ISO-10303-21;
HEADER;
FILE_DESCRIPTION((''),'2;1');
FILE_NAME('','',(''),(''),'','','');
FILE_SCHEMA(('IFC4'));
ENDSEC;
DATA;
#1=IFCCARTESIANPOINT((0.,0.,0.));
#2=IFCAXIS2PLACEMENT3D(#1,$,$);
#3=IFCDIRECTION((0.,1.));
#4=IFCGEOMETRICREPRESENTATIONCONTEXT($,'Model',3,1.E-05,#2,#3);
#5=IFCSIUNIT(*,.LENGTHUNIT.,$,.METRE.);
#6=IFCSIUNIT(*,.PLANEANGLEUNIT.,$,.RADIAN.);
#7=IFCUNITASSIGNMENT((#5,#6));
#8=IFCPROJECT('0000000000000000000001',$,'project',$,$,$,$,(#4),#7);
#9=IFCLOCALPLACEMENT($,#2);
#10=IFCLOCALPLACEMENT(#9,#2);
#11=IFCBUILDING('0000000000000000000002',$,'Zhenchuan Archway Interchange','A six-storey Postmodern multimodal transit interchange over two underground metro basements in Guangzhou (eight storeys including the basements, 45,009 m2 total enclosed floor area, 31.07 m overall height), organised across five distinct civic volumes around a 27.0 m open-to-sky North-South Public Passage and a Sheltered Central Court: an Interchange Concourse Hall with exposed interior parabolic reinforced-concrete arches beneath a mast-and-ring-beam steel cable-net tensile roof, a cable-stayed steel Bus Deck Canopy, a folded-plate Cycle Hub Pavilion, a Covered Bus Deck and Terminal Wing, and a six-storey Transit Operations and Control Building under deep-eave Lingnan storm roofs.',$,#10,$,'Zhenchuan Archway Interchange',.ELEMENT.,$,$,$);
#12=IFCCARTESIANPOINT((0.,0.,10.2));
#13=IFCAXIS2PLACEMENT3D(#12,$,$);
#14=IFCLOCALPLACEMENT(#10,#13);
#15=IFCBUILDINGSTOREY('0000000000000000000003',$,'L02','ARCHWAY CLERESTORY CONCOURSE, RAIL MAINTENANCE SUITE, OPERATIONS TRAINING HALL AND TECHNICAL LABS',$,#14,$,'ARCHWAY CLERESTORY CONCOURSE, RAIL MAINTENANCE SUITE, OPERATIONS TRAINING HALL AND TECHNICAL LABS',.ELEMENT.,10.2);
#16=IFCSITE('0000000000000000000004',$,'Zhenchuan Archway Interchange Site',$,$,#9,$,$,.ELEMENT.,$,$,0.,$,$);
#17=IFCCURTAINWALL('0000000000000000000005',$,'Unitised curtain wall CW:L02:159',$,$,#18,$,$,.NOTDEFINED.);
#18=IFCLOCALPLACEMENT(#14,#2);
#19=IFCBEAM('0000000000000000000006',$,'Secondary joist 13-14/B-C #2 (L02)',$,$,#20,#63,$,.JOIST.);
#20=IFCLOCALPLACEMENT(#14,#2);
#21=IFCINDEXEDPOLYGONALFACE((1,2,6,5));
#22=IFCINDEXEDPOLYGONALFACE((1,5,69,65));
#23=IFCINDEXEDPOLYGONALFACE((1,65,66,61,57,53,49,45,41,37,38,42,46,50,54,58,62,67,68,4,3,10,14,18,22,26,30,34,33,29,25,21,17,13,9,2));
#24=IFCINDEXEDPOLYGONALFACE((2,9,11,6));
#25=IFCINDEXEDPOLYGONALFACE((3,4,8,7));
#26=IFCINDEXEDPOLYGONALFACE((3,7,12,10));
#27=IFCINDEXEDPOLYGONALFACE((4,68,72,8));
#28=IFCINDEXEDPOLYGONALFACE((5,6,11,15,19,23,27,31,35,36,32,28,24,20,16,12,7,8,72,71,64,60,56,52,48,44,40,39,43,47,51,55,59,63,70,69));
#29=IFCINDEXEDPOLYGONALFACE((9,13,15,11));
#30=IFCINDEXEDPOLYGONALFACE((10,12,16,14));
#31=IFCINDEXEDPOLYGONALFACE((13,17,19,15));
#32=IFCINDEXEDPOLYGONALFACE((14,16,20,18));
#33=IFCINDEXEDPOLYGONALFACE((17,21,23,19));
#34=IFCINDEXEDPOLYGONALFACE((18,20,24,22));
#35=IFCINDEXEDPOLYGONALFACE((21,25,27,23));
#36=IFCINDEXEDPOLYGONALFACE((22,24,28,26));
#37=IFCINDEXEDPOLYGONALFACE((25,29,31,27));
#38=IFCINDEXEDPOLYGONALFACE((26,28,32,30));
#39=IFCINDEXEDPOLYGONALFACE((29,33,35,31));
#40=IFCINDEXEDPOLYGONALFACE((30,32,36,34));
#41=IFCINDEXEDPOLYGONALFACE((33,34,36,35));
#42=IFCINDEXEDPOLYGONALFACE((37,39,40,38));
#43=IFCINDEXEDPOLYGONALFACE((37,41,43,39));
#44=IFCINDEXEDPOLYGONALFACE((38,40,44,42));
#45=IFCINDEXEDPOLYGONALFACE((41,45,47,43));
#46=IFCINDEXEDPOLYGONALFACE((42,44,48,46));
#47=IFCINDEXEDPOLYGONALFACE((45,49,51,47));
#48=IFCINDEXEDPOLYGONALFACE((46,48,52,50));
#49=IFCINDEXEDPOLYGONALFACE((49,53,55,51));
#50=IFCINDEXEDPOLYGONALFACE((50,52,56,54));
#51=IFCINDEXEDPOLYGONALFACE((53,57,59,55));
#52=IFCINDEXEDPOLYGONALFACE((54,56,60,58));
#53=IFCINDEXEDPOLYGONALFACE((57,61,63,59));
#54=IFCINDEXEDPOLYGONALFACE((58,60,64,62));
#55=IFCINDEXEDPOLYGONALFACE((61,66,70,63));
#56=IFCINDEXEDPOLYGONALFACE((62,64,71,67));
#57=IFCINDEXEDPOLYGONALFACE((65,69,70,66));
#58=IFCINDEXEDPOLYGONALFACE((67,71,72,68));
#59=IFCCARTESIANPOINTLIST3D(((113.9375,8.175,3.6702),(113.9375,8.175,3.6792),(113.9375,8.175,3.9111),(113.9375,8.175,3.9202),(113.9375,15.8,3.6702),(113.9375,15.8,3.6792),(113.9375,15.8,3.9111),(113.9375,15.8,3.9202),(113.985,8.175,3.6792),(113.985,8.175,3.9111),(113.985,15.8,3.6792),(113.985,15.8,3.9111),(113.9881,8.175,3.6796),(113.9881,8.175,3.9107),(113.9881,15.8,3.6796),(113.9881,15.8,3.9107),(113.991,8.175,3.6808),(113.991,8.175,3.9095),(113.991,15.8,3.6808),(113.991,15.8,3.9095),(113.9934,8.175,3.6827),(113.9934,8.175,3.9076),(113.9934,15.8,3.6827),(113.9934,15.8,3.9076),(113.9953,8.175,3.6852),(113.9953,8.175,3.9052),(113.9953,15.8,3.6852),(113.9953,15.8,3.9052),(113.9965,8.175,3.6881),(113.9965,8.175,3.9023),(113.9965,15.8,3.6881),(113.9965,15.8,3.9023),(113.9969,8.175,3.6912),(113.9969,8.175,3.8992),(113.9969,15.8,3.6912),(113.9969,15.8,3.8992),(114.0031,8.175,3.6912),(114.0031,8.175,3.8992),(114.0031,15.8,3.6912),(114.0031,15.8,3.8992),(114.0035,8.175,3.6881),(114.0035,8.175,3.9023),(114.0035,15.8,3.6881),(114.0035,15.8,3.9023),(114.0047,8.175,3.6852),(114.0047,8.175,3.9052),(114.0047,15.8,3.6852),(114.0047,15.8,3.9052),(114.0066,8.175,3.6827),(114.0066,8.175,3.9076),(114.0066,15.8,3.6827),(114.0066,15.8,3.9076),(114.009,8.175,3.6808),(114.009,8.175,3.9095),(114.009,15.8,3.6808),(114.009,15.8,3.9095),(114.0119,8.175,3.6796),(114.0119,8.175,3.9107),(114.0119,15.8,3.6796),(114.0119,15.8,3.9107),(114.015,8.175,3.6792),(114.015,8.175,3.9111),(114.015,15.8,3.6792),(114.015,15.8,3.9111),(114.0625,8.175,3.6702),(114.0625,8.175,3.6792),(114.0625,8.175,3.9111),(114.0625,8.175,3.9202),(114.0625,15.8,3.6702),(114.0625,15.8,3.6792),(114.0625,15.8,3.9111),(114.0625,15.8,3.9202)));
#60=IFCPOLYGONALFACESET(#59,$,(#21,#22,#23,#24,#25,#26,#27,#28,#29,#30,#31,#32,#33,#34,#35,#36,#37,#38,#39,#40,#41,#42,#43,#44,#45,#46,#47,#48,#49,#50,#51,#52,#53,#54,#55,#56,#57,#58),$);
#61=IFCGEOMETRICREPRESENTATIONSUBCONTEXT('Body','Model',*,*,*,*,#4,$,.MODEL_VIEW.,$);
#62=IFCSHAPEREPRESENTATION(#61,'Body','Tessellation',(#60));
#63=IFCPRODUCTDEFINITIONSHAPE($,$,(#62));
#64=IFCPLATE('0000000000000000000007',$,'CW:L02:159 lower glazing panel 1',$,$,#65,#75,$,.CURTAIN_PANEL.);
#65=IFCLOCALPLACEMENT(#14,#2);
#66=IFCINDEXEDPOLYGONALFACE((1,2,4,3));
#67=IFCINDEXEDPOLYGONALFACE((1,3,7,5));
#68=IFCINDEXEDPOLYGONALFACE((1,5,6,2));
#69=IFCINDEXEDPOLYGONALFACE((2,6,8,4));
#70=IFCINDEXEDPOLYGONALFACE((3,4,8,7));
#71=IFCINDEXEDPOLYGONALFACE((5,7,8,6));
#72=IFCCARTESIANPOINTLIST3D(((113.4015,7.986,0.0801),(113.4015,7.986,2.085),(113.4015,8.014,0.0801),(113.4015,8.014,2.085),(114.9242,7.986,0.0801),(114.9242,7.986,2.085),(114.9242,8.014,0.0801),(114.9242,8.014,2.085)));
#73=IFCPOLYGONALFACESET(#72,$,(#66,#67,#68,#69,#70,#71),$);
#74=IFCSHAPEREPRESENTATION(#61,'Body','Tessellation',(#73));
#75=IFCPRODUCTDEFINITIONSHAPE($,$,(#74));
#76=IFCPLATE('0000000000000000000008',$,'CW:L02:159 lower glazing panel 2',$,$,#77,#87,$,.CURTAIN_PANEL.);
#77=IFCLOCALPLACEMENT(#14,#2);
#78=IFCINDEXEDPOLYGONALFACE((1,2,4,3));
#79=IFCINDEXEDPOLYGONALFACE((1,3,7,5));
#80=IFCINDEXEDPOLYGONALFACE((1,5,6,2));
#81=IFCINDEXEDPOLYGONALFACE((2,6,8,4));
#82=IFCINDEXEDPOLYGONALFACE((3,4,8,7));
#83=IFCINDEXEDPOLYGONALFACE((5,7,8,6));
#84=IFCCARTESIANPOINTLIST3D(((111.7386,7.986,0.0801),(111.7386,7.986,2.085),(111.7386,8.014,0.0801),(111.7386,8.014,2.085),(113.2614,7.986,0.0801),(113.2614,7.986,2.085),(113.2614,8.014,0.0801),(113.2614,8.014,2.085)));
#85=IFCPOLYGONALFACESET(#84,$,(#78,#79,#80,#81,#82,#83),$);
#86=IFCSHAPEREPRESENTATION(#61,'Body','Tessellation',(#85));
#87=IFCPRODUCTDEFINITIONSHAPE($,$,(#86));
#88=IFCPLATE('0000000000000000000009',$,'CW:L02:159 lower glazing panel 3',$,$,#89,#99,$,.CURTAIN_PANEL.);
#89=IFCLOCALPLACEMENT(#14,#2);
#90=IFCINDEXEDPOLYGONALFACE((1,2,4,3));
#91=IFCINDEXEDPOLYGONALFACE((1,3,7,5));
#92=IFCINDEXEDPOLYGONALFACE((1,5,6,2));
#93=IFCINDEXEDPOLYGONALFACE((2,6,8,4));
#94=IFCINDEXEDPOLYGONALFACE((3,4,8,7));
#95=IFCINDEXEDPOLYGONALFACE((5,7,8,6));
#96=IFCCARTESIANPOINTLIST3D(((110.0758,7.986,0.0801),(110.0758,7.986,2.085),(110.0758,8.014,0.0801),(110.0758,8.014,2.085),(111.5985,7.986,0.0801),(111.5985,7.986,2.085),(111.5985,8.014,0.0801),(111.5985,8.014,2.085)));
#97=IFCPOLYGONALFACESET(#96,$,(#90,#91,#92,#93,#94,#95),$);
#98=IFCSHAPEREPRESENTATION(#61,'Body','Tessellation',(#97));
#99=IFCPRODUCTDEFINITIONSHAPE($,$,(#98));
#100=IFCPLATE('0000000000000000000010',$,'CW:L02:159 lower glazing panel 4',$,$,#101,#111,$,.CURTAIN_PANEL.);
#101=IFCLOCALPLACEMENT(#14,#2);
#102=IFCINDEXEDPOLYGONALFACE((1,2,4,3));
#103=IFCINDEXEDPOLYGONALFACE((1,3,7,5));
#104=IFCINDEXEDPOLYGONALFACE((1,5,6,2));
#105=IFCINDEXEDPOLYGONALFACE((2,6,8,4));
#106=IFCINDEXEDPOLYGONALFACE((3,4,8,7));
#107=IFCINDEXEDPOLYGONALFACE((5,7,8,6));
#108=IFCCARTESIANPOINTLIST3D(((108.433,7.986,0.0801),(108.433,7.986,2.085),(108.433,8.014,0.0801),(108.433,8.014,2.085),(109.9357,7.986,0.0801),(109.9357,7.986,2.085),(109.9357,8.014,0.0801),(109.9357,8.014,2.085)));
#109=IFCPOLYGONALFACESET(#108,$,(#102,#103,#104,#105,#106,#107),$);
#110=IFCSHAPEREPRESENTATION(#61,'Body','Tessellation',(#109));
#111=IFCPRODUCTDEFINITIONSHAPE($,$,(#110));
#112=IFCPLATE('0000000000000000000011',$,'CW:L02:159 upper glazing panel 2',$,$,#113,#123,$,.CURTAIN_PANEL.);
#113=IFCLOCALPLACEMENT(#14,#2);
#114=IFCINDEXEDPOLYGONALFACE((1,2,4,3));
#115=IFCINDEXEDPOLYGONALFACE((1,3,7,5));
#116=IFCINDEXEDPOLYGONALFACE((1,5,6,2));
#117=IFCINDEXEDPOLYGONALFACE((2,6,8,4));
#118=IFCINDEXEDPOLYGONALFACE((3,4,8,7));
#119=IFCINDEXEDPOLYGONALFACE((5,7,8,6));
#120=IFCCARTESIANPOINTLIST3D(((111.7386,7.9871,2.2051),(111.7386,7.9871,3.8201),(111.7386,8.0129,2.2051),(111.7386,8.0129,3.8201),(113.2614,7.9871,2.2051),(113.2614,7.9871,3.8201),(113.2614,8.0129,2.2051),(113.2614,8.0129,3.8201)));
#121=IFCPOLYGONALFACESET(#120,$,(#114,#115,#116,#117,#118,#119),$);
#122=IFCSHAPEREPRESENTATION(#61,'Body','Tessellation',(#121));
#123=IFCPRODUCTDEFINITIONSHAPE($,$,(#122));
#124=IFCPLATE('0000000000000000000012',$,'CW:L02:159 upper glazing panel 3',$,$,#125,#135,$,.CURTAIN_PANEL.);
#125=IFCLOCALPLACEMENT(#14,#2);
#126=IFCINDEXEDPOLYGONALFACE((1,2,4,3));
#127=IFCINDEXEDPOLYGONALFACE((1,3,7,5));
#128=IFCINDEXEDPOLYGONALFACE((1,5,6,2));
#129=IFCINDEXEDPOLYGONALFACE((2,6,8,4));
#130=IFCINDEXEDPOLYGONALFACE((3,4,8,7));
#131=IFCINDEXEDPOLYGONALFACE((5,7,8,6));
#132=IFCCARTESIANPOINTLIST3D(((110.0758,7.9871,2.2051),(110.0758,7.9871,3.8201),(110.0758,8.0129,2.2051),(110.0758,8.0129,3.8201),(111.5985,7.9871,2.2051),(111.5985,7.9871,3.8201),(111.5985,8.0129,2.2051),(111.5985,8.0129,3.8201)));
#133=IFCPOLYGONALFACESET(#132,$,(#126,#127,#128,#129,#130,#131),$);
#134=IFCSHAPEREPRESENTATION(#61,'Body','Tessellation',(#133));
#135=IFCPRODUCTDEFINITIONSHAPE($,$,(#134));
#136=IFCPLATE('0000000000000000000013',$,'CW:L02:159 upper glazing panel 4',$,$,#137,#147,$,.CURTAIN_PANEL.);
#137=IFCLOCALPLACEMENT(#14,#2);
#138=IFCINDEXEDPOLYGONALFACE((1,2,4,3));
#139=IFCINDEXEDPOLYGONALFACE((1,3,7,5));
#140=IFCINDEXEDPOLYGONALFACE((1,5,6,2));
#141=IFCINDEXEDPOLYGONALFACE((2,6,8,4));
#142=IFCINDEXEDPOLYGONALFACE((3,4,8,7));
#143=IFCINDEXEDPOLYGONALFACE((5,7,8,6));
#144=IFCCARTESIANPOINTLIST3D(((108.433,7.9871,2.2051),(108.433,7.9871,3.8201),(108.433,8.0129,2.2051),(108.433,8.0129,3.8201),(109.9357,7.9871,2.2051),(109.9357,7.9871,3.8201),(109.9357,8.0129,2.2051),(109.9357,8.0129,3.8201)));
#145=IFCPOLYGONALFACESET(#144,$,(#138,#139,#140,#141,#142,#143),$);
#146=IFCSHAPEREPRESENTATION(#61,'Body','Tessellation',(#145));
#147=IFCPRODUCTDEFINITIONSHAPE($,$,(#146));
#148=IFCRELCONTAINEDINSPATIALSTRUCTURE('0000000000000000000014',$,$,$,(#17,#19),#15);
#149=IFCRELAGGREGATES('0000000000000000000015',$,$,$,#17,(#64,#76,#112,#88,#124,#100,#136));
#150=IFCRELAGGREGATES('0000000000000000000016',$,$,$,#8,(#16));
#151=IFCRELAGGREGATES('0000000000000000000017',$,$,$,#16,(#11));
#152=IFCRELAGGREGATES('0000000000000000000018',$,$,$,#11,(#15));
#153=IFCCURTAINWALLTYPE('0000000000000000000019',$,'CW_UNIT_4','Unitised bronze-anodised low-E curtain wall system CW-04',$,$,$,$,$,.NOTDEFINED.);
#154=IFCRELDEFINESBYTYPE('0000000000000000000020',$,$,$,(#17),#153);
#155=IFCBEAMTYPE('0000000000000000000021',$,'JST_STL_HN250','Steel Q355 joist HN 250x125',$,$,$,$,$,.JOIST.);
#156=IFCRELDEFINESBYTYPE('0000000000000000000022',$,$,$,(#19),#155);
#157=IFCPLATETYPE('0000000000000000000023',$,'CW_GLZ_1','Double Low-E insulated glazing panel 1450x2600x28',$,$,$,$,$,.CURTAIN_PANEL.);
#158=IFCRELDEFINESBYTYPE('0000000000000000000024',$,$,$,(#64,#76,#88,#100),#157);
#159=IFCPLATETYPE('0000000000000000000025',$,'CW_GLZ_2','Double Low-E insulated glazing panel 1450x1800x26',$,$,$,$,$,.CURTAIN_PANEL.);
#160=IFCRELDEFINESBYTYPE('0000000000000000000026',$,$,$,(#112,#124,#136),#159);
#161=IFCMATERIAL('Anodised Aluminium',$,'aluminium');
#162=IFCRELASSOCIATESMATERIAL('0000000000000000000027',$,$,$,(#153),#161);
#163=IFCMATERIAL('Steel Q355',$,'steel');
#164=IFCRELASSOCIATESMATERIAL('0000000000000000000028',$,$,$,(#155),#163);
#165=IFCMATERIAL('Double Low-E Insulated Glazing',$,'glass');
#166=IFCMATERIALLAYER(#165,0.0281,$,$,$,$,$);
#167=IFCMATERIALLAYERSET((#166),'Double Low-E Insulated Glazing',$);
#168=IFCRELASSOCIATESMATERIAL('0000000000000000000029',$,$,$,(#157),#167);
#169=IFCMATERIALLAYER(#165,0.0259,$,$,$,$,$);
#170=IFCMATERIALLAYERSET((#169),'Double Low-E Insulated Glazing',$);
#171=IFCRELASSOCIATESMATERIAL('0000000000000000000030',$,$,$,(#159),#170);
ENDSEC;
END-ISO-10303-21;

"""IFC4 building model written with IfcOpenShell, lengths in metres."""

from ifc_helpers import new_model, si_unit, direction, frame, origin, origin_2d, place, context, subcontext, project, spatial, rectangle, i_section, extrude, material, layer, layer_set, material_profile, profile_set, type_object, element, aggregate, save


model = new_model("IFC4")

# Units and contexts
model_context = context("Model", 3, precision=1e-05, world=origin(), true_north=direction((0.0, 1.0)))
body_context = subcontext(model_context, "Body", "Model", "MODEL_VIEW")
ifc_project = project(units=[si_unit("LENGTHUNIT", "METRE"), si_unit("PLANEANGLEUNIT", "RADIAN")], contexts=[model_context])

# Site, building, storey
site_placement = place(None, origin())
site = spatial("IfcSite", under=ifc_project, at=site_placement, Name="Zhenchuan Archway Interchange Site", CompositionType="ELEMENT", RefElevation=0.0)
building_placement = place(site_placement, origin())
building = spatial("IfcBuilding", under=site, at=building_placement, Name="Zhenchuan Archway Interchange", Description="A six-storey Postmodern multimodal transit interchange over two underground metro basements in Guangzhou (eight storeys including the basements, 45,009 m2 total enclosed floor area, 31.07 m overall height), organised across five distinct civic volumes around a 27.0 m open-to-sky North-South Public Passage and a Sheltered Central Court: an Interchange Concourse Hall with exposed interior parabolic reinforced-concrete arches beneath a mast-and-ring-beam steel cable-net tensile roof, a cable-stayed steel Bus Deck Canopy, a folded-plate Cycle Hub Pavilion, a Covered Bus Deck and Terminal Wing, and a six-storey Transit Operations and Control Building under deep-eave Lingnan storm roofs.", LongName="Zhenchuan Archway Interchange", CompositionType="ELEMENT")
storey_placement = place(building_placement, frame((0.0, 0.0, 10.2)))
storey = spatial("IfcBuildingStorey", under=building, at=storey_placement, Name="L02", Description="ARCHWAY CLERESTORY CONCOURSE, RAIL MAINTENANCE SUITE, OPERATIONS TRAINING HALL AND TECHNICAL LABS", LongName="ARCHWAY CLERESTORY CONCOURSE, RAIL MAINTENANCE SUITE, OPERATIONS TRAINING HALL AND TECHNICAL LABS", CompositionType="ELEMENT", Elevation=10.2)

# Curtain wall
ifc_material_1 = material(Name="Anodised Aluminium", Category="aluminium")
curtain_wall_type = type_object("IfcCurtainWallType", Name="CW_UNIT_4", Description="Unitised bronze-anodised low-E curtain wall system CW-04", PredefinedType="NOTDEFINED", material=ifc_material_1)
curtain_wall_placement = place(storey_placement, origin())
curtain_wall = element("IfcCurtainWall", 1, at=curtain_wall_placement, inside=storey, type_object=curtain_wall_type, Name="Unitised curtain wall CW:L02:159", PredefinedType="NOTDEFINED")

# Beam
ifc_material_2 = material(Name="Steel Q355", Category="steel")
ifc_material_profile_1 = material_profile(ifc_material_2, i_section(OverallWidth=0.125, OverallDepth=0.25, WebThickness=0.0061, FlangeThickness=0.009, FilletRadius=0.012, at=origin_2d()), Name="HN 250x125")
ifc_profile_set_1 = profile_set([ifc_material_profile_1], Name="Steel Q355")
beam_type = type_object("IfcBeamType", Name="JST_STL_HN250", Description="Steel Q355 joist HN 250x125", PredefinedType="JOIST", material=ifc_profile_set_1)
for number, where, z_axis, x_axis, name in (
    (2, (114.0, 8.175, 3.7952), (0.0, 1.0, 0.0), (-1.0, 0.0, 0.0), "Secondary joist 13-14/B-C #2 (L02)"),
):
    element("IfcBeam", number, at=place(storey_placement, frame(where, z_axis=z_axis, x_axis=x_axis)), inside=storey, type_object=beam_type, Name=name, PredefinedType="JOIST", context=body_context, shape_type="SweptSolid", body=[
        extrude(i_section(OverallWidth=0.125, OverallDepth=0.25, WebThickness=0.0061, FlangeThickness=0.009, FilletRadius=0.012, at=origin_2d()), origin(), (0.0, 0.0, 1.0), 7.625),
    ])

# Plates
ifc_material_3 = material(Name="Double Low-E Insulated Glazing", Category="glass")
ifc_layer_1 = layer(ifc_material_3, 0.0281)
ifc_layer_set_1 = layer_set([ifc_layer_1], Name="Double Low-E Insulated Glazing")
plate_type_1 = type_object("IfcPlateType", Name="CW_GLZ_1", Description="Double Low-E insulated glazing panel 1450x2600x28", PredefinedType="CURTAIN_PANEL", material=ifc_layer_set_1)
plate_1_placement = place(storey_placement, frame((114.1628, 8.0, 0.0801), z_axis=(0.0, 0.0, 1.0), x_axis=(-1.0, 0.0, 0.0)))
plate_1 = element("IfcPlate", 3, at=plate_1_placement, type_object=plate_type_1, Name="CW:L02:159 lower glazing panel 1", PredefinedType="CURTAIN_PANEL", context=body_context, shape_type="SweptSolid", body=[
    extrude(rectangle(XDim=1.5227, YDim=0.0281, at=origin_2d()), origin(), (0.0, 0.0, 1.0), 2.0049),
])
plate_2_placement = place(storey_placement, frame((112.5, 8.0, 0.0801), z_axis=(0.0, 0.0, 1.0), x_axis=(-1.0, 0.0, 0.0)))
plate_2 = element("IfcPlate", 4, at=plate_2_placement, type_object=plate_type_1, Name="CW:L02:159 lower glazing panel 2", PredefinedType="CURTAIN_PANEL", context=body_context, shape_type="SweptSolid", body=[
    extrude(rectangle(XDim=1.5227, YDim=0.0281, at=origin_2d()), origin(), (0.0, 0.0, 1.0), 2.0049),
])
plate_3_placement = place(storey_placement, frame((110.8372, 8.0, 0.0801), z_axis=(0.0, 0.0, 1.0), x_axis=(-1.0, 0.0, 0.0)))
plate_3 = element("IfcPlate", 5, at=plate_3_placement, type_object=plate_type_1, Name="CW:L02:159 lower glazing panel 3", PredefinedType="CURTAIN_PANEL", context=body_context, shape_type="SweptSolid", body=[
    extrude(rectangle(XDim=1.5227, YDim=0.0281, at=origin_2d()), origin(), (0.0, 0.0, 1.0), 2.0049),
])
plate_4_placement = place(storey_placement, frame((109.1843, 8.0, 0.0801), z_axis=(0.0, 0.0, 1.0), x_axis=(-1.0, 0.0, 0.0)))
plate_4 = element("IfcPlate", 6, at=plate_4_placement, type_object=plate_type_1, Name="CW:L02:159 lower glazing panel 4", PredefinedType="CURTAIN_PANEL", context=body_context, shape_type="SweptSolid", body=[
    extrude(rectangle(XDim=1.5027, YDim=0.0281, at=origin_2d()), origin(), (0.0, 0.0, 1.0), 2.0049),
])
ifc_layer_2 = layer(ifc_material_3, 0.0259)
ifc_layer_set_2 = layer_set([ifc_layer_2], Name="Double Low-E Insulated Glazing")
plate_type_2 = type_object("IfcPlateType", Name="CW_GLZ_2", Description="Double Low-E insulated glazing panel 1450x1800x26", PredefinedType="CURTAIN_PANEL", material=ifc_layer_set_2)
plate_5_placement = place(storey_placement, frame((112.5, 8.0, 2.2051), z_axis=(0.0, 0.0, 1.0), x_axis=(-1.0, 0.0, 0.0)))
plate_5 = element("IfcPlate", 7, at=plate_5_placement, type_object=plate_type_2, Name="CW:L02:159 upper glazing panel 2", PredefinedType="CURTAIN_PANEL", context=body_context, shape_type="SweptSolid", body=[
    extrude(rectangle(XDim=1.5227, YDim=0.0259, at=origin_2d()), origin(), (0.0, 0.0, 1.0), 1.615),
])
plate_6_placement = place(storey_placement, frame((110.8372, 8.0, 2.2051), z_axis=(0.0, 0.0, 1.0), x_axis=(-1.0, 0.0, 0.0)))
plate_6 = element("IfcPlate", 8, at=plate_6_placement, type_object=plate_type_2, Name="CW:L02:159 upper glazing panel 3", PredefinedType="CURTAIN_PANEL", context=body_context, shape_type="SweptSolid", body=[
    extrude(rectangle(XDim=1.5227, YDim=0.0259, at=origin_2d()), origin(), (0.0, 0.0, 1.0), 1.615),
])
plate_7_placement = place(storey_placement, frame((109.1843, 8.0, 2.2051), z_axis=(0.0, 0.0, 1.0), x_axis=(-1.0, 0.0, 0.0)))
plate_7 = element("IfcPlate", 9, at=plate_7_placement, type_object=plate_type_2, Name="CW:L02:159 upper glazing panel 4", PredefinedType="CURTAIN_PANEL", context=body_context, shape_type="SweptSolid", body=[
    extrude(rectangle(XDim=1.5027, YDim=0.0259, at=origin_2d()), origin(), (0.0, 0.0, 1.0), 1.615),
])
aggregate(curtain_wall, [plate_1, plate_2, plate_5, plate_3, plate_6, plate_4, plate_7])

save(model, "model.ifc")
